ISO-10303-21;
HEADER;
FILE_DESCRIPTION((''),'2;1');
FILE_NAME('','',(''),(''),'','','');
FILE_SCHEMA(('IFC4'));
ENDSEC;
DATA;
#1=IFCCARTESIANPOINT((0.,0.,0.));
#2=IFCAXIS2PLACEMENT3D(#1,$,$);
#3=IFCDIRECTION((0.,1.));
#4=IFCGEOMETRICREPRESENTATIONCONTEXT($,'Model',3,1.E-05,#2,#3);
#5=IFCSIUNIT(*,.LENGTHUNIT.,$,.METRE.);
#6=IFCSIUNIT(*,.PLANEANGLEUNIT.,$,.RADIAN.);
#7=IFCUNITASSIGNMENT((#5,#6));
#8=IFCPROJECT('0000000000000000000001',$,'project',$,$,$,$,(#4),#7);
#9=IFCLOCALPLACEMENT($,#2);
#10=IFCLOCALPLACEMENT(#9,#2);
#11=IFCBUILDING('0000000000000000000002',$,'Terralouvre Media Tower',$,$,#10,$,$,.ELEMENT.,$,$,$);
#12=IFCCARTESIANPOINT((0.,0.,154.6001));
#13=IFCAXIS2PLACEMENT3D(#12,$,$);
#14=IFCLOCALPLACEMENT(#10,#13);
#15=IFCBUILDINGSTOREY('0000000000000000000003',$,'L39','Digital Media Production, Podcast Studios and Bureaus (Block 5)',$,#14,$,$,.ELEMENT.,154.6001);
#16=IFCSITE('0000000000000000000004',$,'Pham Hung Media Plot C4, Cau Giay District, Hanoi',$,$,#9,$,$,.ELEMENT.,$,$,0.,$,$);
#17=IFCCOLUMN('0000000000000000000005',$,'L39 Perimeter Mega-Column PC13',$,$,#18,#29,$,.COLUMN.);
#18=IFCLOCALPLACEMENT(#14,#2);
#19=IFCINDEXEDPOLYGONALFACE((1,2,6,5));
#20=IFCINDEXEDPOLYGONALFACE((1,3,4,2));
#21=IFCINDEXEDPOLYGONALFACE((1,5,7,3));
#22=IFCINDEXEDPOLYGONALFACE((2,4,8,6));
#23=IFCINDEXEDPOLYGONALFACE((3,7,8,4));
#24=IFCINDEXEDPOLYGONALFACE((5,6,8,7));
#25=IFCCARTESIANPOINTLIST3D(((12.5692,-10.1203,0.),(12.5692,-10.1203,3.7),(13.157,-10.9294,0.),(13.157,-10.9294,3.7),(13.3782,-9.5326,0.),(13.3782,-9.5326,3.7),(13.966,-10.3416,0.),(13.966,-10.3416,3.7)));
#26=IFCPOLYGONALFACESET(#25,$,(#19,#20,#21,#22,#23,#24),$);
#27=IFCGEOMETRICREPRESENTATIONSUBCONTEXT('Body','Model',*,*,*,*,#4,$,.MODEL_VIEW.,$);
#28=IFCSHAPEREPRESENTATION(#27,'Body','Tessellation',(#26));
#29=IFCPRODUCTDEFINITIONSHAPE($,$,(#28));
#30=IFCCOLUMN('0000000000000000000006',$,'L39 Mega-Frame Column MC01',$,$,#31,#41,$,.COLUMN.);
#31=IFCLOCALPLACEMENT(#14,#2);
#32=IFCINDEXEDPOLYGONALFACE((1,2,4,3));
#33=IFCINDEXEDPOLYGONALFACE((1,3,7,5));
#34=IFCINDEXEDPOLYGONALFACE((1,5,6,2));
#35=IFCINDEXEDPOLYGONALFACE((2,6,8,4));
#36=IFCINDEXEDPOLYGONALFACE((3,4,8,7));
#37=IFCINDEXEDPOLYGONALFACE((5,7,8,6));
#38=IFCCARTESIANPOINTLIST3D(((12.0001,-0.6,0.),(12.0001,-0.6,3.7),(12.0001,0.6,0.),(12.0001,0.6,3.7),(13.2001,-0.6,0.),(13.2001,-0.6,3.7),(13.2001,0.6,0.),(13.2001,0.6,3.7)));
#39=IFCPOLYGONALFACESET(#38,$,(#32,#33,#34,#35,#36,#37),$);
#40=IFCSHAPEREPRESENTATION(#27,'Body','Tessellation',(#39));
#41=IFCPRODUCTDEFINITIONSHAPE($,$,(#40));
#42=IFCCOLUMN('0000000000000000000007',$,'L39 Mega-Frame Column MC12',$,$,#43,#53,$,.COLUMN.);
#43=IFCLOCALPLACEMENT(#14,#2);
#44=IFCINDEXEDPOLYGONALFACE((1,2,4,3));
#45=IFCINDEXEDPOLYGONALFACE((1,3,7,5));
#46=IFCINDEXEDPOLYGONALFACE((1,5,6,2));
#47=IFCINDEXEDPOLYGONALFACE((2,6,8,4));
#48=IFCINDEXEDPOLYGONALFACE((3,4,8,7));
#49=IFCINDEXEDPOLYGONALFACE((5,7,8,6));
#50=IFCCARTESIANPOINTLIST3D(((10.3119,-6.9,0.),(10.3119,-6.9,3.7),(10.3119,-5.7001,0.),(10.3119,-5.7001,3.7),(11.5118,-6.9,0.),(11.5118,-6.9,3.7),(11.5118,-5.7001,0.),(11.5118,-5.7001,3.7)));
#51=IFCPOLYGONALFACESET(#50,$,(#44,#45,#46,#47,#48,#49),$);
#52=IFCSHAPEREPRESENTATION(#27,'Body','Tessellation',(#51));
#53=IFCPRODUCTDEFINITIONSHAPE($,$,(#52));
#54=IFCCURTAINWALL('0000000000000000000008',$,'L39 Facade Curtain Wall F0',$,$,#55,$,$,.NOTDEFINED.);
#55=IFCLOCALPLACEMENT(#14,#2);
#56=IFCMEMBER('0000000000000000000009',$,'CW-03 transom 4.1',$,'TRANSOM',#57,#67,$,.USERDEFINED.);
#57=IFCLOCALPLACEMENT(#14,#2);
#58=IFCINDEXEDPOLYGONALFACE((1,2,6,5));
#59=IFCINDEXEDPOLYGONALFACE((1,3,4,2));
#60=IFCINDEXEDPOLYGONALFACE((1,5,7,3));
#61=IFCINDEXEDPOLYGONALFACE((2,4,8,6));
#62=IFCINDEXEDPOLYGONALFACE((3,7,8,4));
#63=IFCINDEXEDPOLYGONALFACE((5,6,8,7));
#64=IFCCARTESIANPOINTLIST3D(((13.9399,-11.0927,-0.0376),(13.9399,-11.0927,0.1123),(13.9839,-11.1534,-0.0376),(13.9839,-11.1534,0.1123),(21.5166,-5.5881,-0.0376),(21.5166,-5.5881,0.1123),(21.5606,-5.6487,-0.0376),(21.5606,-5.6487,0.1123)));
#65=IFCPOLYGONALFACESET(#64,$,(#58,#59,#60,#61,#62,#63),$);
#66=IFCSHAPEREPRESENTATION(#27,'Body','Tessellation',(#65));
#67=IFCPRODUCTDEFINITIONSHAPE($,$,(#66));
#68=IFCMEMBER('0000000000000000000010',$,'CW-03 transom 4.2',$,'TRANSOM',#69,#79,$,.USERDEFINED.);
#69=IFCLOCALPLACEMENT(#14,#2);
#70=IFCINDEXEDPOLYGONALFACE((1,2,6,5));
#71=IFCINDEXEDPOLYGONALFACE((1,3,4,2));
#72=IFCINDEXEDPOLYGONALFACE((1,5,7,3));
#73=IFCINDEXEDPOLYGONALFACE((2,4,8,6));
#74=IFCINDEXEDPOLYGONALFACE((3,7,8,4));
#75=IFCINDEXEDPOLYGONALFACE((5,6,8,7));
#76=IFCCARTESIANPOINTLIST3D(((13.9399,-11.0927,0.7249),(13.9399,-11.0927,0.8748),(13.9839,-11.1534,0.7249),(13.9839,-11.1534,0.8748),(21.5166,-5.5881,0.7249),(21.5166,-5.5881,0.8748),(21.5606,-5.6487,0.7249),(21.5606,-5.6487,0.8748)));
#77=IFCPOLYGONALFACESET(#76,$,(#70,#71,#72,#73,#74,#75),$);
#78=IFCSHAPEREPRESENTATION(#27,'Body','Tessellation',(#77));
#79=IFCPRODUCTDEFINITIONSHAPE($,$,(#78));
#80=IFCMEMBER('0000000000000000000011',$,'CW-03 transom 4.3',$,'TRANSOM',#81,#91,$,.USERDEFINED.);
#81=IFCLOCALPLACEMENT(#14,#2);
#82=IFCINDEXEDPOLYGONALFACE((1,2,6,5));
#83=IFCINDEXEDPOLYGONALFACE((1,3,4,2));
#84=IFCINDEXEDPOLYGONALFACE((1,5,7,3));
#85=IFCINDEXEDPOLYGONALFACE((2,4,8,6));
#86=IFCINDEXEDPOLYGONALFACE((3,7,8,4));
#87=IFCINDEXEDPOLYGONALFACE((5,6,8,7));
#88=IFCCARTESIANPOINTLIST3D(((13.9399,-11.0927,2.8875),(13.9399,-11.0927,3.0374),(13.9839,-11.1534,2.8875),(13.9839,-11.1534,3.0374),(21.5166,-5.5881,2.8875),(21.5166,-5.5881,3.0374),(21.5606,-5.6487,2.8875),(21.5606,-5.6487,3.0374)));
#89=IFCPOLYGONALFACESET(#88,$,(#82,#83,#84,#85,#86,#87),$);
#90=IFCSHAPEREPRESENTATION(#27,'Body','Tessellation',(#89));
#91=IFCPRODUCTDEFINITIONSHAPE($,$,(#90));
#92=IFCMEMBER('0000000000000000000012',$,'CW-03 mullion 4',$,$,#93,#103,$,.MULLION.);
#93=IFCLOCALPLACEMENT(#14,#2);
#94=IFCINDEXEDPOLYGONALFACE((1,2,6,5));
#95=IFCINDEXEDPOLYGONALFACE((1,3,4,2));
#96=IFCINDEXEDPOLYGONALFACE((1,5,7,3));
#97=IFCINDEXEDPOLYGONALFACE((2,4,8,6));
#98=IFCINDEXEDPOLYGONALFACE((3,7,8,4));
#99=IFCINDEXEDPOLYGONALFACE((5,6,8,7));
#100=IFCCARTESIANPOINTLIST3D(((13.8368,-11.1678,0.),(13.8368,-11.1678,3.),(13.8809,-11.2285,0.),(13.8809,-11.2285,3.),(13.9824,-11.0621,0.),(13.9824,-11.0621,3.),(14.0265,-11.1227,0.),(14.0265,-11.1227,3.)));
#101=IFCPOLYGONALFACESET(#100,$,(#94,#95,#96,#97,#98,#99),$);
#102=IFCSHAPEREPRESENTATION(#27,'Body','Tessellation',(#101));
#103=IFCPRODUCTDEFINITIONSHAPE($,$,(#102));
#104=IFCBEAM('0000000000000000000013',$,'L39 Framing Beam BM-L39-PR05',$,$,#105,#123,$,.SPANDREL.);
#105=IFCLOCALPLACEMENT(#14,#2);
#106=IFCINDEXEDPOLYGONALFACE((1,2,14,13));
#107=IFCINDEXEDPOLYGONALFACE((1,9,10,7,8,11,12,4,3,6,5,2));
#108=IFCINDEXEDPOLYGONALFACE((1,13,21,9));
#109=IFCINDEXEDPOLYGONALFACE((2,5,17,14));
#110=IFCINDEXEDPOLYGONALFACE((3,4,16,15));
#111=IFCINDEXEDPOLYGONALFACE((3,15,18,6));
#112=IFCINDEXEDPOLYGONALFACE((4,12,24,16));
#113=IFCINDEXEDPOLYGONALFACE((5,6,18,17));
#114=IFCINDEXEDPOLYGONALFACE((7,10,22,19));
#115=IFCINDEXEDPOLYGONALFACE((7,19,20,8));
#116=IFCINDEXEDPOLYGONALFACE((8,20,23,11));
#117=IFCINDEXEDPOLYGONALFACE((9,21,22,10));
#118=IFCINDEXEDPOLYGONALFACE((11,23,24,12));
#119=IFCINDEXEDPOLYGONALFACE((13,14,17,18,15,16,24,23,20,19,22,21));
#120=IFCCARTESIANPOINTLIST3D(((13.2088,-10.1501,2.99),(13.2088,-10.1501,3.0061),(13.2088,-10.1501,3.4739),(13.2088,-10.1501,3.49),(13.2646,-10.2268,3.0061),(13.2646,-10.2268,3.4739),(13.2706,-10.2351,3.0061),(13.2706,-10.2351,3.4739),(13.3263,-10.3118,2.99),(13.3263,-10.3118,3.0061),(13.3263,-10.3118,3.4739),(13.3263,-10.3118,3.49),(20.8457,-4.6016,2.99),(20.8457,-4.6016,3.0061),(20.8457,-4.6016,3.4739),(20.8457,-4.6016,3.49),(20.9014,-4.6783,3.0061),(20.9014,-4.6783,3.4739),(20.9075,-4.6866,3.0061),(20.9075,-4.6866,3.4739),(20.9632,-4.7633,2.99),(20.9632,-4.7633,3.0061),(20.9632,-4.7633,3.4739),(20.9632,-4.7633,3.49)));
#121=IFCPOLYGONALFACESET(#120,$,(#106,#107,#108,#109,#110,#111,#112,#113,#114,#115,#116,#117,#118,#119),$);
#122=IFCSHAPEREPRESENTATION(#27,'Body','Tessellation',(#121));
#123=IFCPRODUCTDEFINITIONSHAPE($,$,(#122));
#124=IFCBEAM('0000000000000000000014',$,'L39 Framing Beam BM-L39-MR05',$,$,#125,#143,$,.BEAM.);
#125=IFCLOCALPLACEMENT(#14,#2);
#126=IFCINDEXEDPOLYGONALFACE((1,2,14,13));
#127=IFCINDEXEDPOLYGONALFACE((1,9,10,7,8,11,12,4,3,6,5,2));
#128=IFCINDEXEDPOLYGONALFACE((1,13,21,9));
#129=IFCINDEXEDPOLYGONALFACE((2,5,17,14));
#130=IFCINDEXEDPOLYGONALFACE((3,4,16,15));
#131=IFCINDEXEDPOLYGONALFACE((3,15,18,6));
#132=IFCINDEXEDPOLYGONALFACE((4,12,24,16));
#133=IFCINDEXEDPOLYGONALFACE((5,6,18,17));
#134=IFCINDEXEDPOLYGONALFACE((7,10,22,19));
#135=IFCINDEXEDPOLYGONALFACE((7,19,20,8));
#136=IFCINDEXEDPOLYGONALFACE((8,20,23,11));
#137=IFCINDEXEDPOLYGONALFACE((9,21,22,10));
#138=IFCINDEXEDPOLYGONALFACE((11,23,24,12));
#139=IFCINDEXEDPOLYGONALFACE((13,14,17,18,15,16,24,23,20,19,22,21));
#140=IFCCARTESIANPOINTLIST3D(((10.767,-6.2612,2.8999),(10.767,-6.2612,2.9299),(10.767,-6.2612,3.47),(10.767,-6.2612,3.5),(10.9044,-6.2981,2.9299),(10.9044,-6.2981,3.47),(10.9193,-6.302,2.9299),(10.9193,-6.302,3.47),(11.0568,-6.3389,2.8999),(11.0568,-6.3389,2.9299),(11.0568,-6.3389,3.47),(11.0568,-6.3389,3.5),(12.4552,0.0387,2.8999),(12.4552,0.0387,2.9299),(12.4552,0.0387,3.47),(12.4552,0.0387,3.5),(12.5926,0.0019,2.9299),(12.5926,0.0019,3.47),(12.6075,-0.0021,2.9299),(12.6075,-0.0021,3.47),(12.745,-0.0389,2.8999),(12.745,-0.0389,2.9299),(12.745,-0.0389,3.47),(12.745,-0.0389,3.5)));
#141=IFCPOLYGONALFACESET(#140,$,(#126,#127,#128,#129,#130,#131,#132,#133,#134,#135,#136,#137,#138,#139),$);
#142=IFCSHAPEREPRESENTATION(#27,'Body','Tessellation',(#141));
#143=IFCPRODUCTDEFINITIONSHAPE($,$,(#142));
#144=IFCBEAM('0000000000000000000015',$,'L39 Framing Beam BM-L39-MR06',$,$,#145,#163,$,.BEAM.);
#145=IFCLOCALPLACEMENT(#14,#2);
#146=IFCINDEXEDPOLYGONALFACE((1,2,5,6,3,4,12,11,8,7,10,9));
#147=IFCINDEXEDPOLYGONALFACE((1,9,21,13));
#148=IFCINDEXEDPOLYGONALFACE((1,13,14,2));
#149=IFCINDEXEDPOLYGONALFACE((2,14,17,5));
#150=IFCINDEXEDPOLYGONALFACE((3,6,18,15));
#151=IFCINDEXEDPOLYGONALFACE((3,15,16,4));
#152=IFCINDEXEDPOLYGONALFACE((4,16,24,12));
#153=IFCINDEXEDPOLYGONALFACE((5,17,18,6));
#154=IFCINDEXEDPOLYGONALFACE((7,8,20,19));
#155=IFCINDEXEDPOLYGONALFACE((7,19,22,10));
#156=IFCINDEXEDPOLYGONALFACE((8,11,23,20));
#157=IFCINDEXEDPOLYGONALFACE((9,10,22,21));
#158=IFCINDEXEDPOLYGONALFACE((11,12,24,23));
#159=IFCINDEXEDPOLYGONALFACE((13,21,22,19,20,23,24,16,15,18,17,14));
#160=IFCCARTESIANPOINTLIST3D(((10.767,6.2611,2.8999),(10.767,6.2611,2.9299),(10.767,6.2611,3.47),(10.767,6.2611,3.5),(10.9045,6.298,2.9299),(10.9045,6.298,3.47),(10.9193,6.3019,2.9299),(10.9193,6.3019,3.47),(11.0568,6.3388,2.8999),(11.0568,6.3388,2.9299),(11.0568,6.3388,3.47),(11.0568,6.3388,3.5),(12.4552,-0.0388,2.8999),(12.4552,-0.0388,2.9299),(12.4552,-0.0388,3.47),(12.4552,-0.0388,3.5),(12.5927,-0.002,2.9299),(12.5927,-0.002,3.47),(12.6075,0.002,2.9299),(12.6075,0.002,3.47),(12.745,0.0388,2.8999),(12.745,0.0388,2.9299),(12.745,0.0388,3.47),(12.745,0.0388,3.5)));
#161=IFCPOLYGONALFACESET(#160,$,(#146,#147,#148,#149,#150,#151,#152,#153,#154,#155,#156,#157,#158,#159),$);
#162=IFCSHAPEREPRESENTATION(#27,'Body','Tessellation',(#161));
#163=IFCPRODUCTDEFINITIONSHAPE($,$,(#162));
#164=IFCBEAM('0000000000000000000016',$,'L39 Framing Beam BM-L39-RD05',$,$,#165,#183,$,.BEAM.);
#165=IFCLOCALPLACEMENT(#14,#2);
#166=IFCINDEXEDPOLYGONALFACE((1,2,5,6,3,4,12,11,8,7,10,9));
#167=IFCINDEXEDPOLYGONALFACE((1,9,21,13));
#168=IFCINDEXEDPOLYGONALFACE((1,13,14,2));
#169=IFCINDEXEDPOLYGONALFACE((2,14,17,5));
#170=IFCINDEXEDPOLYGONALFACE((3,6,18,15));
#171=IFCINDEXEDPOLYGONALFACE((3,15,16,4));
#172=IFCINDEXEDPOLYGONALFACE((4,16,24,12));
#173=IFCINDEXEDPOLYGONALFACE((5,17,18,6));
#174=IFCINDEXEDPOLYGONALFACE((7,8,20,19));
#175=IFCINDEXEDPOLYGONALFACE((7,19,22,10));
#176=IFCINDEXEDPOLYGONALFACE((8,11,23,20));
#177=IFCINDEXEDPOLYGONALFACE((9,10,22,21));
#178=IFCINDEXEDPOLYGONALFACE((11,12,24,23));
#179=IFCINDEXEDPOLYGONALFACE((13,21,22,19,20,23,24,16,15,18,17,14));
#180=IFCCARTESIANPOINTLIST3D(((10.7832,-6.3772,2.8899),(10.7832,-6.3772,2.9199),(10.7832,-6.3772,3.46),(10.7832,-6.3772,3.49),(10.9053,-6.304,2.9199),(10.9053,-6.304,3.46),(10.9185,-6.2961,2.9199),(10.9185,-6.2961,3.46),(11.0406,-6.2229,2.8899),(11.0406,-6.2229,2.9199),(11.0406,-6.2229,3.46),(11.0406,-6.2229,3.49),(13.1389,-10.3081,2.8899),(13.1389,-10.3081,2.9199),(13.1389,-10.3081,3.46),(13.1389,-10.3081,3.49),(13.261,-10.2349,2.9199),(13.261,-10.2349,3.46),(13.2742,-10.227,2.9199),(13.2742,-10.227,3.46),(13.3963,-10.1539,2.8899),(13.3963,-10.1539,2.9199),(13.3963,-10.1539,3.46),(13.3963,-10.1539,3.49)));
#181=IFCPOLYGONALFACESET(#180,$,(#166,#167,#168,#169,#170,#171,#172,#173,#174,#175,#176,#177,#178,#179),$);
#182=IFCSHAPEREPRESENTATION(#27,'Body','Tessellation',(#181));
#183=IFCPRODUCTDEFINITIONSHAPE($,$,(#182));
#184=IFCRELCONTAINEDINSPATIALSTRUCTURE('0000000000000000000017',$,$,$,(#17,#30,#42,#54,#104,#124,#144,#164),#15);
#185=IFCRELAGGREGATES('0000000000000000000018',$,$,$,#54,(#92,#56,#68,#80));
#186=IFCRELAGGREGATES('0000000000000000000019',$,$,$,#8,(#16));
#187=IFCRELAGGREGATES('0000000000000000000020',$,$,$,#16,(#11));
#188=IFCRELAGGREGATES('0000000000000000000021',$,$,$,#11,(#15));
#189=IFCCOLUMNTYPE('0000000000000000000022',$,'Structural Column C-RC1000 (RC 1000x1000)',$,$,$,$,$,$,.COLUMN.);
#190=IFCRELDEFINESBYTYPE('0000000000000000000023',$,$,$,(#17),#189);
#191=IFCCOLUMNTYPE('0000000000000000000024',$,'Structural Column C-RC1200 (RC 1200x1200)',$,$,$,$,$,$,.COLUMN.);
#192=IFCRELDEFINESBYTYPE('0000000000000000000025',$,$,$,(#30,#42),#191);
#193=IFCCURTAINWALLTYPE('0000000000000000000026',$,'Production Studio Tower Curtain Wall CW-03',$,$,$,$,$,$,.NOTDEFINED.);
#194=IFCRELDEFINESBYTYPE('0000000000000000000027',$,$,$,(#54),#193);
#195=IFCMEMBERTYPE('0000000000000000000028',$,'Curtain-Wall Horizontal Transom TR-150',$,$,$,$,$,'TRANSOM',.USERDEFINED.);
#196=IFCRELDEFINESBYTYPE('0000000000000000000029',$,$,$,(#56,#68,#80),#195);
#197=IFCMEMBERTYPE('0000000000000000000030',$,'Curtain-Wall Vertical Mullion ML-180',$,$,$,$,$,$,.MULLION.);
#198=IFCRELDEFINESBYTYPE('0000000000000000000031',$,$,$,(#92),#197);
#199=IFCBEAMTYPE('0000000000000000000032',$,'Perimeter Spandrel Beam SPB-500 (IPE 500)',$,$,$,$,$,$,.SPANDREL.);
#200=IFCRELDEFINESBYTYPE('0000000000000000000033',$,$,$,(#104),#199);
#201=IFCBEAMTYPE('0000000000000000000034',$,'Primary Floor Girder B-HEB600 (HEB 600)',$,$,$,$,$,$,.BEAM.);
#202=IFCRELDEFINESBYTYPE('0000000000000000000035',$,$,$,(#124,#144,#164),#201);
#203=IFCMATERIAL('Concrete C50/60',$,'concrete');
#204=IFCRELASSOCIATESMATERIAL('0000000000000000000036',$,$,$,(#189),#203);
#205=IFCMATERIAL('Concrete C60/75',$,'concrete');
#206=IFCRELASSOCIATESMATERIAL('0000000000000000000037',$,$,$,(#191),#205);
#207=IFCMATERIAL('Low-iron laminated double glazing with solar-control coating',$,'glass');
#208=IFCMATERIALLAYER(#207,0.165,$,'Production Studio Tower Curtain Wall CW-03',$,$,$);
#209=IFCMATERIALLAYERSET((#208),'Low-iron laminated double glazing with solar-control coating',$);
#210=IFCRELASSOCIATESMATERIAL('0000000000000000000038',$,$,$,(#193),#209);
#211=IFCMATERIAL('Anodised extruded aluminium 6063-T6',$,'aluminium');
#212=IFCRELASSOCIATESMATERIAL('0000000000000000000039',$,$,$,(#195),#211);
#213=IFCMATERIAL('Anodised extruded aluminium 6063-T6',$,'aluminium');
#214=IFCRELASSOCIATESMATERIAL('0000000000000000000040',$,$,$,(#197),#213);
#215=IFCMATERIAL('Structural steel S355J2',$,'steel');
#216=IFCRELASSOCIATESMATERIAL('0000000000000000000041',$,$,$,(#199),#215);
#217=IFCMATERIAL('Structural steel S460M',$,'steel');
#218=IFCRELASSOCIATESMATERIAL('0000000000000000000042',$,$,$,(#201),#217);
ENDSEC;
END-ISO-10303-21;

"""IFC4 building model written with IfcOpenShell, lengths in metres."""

from ifc_helpers import new_model, si_unit, direction, frame, origin, origin_2d, place, context, subcontext, project, spatial, rectangle, i_section, extrude, material, layer, layer_set, material_profile, profile_set, type_object, element, aggregate, save


model = new_model("IFC4")

# Units and contexts
model_context = context("Model", 3, precision=1e-05, world=origin(), true_north=direction((0.0, 1.0)))
body_context = subcontext(model_context, "Body", "Model", "MODEL_VIEW")
ifc_project = project(units=[si_unit("LENGTHUNIT", "METRE"), si_unit("PLANEANGLEUNIT", "RADIAN")], contexts=[model_context])

# Site, building, storey
site_placement = place(None, origin())
site = spatial("IfcSite", under=ifc_project, at=site_placement, Name="Pham Hung Media Plot C4, Cau Giay District, Hanoi", CompositionType="ELEMENT", RefElevation=0.0)
building_placement = place(site_placement, origin())
building = spatial("IfcBuilding", under=site, at=building_placement, Name="Terralouvre Media Tower", CompositionType="ELEMENT")
storey_placement = place(building_placement, frame((0.0, 0.0, 154.6001)))
storey = spatial("IfcBuildingStorey", under=building, at=storey_placement, Name="L39", Description="Digital Media Production, Podcast Studios and Bureaus (Block 5)", CompositionType="ELEMENT", Elevation=154.6001)

# Columns
ifc_material_1 = material(Name="Concrete C50/60", Category="concrete")
ifc_material_profile_1 = material_profile(ifc_material_1, rectangle(XDim=1.0, YDim=1.0, at=origin_2d()), Name="RC 1000x1000")
ifc_profile_set_1 = profile_set([ifc_material_profile_1], Name="Concrete C50/60")
column_type_1 = type_object("IfcColumnType", Name="Structural Column C-RC1000 (RC 1000x1000)", PredefinedType="COLUMN", material=ifc_profile_set_1)
column_placement = place(storey_placement, frame((13.2676, -10.231, 0.0), z_axis=(0.0, 0.0, 1.0), x_axis=(0.809017, 0.587785, 0.0)))
element("IfcColumn", 1, at=column_placement, inside=storey, type_object=column_type_1, Name="L39 Perimeter Mega-Column PC13", PredefinedType="COLUMN", context=body_context, shape_type="SweptSolid", body=[
    extrude(rectangle(XDim=1.0, YDim=1.0, at=origin_2d()), origin(), (0.0, 0.0, 1.0), 3.7),
])
ifc_material_2 = material(Name="Concrete C60/75", Category="concrete")
ifc_material_profile_2 = material_profile(ifc_material_2, rectangle(XDim=1.2, YDim=1.2, at=origin_2d()), Name="RC 1200x1200")
ifc_profile_set_2 = profile_set([ifc_material_profile_2], Name="Concrete C60/75")
column_type_2 = type_object("IfcColumnType", Name="Structural Column C-RC1200 (RC 1200x1200)", PredefinedType="COLUMN", material=ifc_profile_set_2)
for number, where, z_axis, x_axis, name in (
    (2, (12.6001, 0.0, 0.0), (0.0, 0.0, 1.0), (1.0, 0.0, 0.0), "L39 Mega-Frame Column MC01"),
    (3, (10.9119, -6.3, 0.0), (0.0, 0.0, 1.0), (1.0, 0.0, 0.0), "L39 Mega-Frame Column MC12"),
):
    element("IfcColumn", number, at=place(storey_placement, frame(where, z_axis=z_axis, x_axis=x_axis)), inside=storey, type_object=column_type_2, Name=name, PredefinedType="COLUMN", context=body_context, shape_type="SweptSolid", body=[
        extrude(rectangle(XDim=1.2, YDim=1.2, at=origin_2d()), origin(), (0.0, 0.0, 1.0), 3.7),
    ])

# Curtain wall, members
ifc_material_3 = material(Name="Low-iron laminated double glazing with solar-control coating", Category="glass")
ifc_layer_1 = layer(ifc_material_3, 0.165, Name="Production Studio Tower Curtain Wall CW-03")
ifc_layer_set_1 = layer_set([ifc_layer_1], Name="Low-iron laminated double glazing with solar-control coating")
curtain_wall_type = type_object("IfcCurtainWallType", Name="Production Studio Tower Curtain Wall CW-03", PredefinedType="NOTDEFINED", material=ifc_layer_set_1)
curtain_wall_placement = place(storey_placement, origin())
curtain_wall = element("IfcCurtainWall", 4, at=curtain_wall_placement, inside=storey, type_object=curtain_wall_type, Name="L39 Facade Curtain Wall F0", PredefinedType="NOTDEFINED")
ifc_material_4 = material(Name="Anodised extruded aluminium 6063-T6", Category="aluminium")
ifc_material_profile_3 = material_profile(ifc_material_4, rectangle(XDim=0.075, YDim=0.1499, at=origin_2d()), Name="ALU 75x150")
ifc_profile_set_3 = profile_set([ifc_material_profile_3], Name="Anodised extruded aluminium 6063-T6")
member_type_1 = type_object("IfcMemberType", Name="Curtain-Wall Horizontal Transom TR-150", ElementType="TRANSOM", PredefinedType="USERDEFINED", material=ifc_profile_set_3)
member_1_placement = place(storey_placement, frame((13.9619, -11.123, 0.0374), z_axis=(0.809023, 0.587776, 0.0), x_axis=(-0.587776, 0.809023, 0.0)))
member_1 = element("IfcMember", 5, at=member_1_placement, type_object=member_type_1, Name="CW-03 transom 4.1", ObjectType="TRANSOM", PredefinedType="USERDEFINED", context=body_context, shape_type="SweptSolid", body=[
    extrude(rectangle(XDim=0.075, YDim=0.1499, at=origin_2d()), origin(), (0.0, 0.0, 1.0), 9.3652),
])
member_2_placement = place(storey_placement, frame((13.9619, -11.123, 0.7998), z_axis=(0.809023, 0.587776, 0.0), x_axis=(-0.587776, 0.809023, 0.0)))
member_2 = element("IfcMember", 6, at=member_2_placement, type_object=member_type_1, Name="CW-03 transom 4.2", ObjectType="TRANSOM", PredefinedType="USERDEFINED", context=body_context, shape_type="SweptSolid", body=[
    extrude(rectangle(XDim=0.075, YDim=0.1499, at=origin_2d()), origin(), (0.0, 0.0, 1.0), 9.3652),
])
member_3_placement = place(storey_placement, frame((13.9619, -11.123, 2.9624), z_axis=(0.809023, 0.587776, 0.0), x_axis=(-0.587776, 0.809023, 0.0)))
member_3 = element("IfcMember", 7, at=member_3_placement, type_object=member_type_1, Name="CW-03 transom 4.3", ObjectType="TRANSOM", PredefinedType="USERDEFINED", context=body_context, shape_type="SweptSolid", body=[
    extrude(rectangle(XDim=0.075, YDim=0.1499, at=origin_2d()), origin(), (0.0, 0.0, 1.0), 9.3652),
])
ifc_material_5 = material(Name="Anodised extruded aluminium 6063-T6", Category="aluminium")
ifc_material_profile_4 = material_profile(ifc_material_5, rectangle(XDim=0.075, YDim=0.1799, at=origin_2d()), Name="ALU 75x180")
ifc_profile_set_4 = profile_set([ifc_material_profile_4], Name="Anodised extruded aluminium 6063-T6")
member_type_2 = type_object("IfcMemberType", Name="Curtain-Wall Vertical Mullion ML-180", PredefinedType="MULLION", material=ifc_profile_set_4)
member_4_placement = place(storey_placement, frame((13.9316, -11.1453, 0.0), z_axis=(0.0, 0.0, 1.0), x_axis=(-0.587785, 0.809017, 0.0)))
member_4 = element("IfcMember", 8, at=member_4_placement, type_object=member_type_2, Name="CW-03 mullion 4", PredefinedType="MULLION", context=body_context, shape_type="SweptSolid", body=[
    extrude(rectangle(XDim=0.075, YDim=0.1799, at=origin_2d()), origin(), (0.0, 0.0, 1.0), 3.0),
])
aggregate(curtain_wall, [member_4, member_1, member_2, member_3])

# Beams
ifc_material_6 = material(Name="Structural steel S355J2", Category="steel")
ifc_material_profile_5 = material_profile(ifc_material_6, i_section(OverallWidth=0.2, OverallDepth=0.5, WebThickness=0.0103, FlangeThickness=0.0161, at=origin_2d()), Name="IPE 500")
ifc_profile_set_5 = profile_set([ifc_material_profile_5], Name="Structural steel S355J2")
beam_type_1 = type_object("IfcBeamType", Name="Perimeter Spandrel Beam SPB-500 (IPE 500)", PredefinedType="SPANDREL", material=ifc_profile_set_5)
beam_1_placement = place(storey_placement, frame((13.2676, -10.231, 3.24), z_axis=(0.809017, 0.587786, 0.0), x_axis=(-0.587786, 0.809017, 0.0)))
element("IfcBeam", 9, at=beam_1_placement, inside=storey, type_object=beam_type_1, Name="L39 Framing Beam BM-L39-PR05", PredefinedType="SPANDREL", context=body_context, shape_type="SweptSolid", body=[
    extrude(i_section(OverallWidth=0.2, OverallDepth=0.5, WebThickness=0.0103, FlangeThickness=0.0161, at=origin_2d()), origin(), (0.0, 0.0, 1.0), 9.4397),
])
ifc_material_7 = material(Name="Structural steel S460M", Category="steel")
ifc_material_profile_6 = material_profile(ifc_material_7, i_section(OverallWidth=0.3, OverallDepth=0.6001, WebThickness=0.0154, FlangeThickness=0.03, at=origin_2d()), Name="HEB 600")
ifc_profile_set_6 = profile_set([ifc_material_profile_6], Name="Structural steel S460M")
beam_type_2 = type_object("IfcBeamType", Name="Primary Floor Girder B-HEB600 (HEB 600)", PredefinedType="BEAM", material=ifc_profile_set_6)
for number, where, z_axis, x_axis, name in (
    (10, (10.9119, -6.3, 3.2), (0.258839, 0.96592, 0.0), (-0.96592, 0.258839, 0.0), "L39 Framing Beam BM-L39-MR05"),
    (11, (12.6001, 0.0, 3.2), (-0.258839, 0.96592, 0.0), (-0.96592, -0.258839, 0.0), "L39 Framing Beam BM-L39-MR06"),
):
    element("IfcBeam", number, at=place(storey_placement, frame(where, z_axis=z_axis, x_axis=x_axis)), inside=storey, type_object=beam_type_2, Name=name, PredefinedType="BEAM", context=body_context, shape_type="SweptSolid", body=[
        extrude(i_section(OverallWidth=0.3, OverallDepth=0.6001, WebThickness=0.0154, FlangeThickness=0.03, at=origin_2d()), origin(), (0.0, 0.0, 1.0), 6.5222),
    ])
beam_2_placement = place(storey_placement, frame((10.9119, -6.3, 3.1899), z_axis=(0.514041, -0.857765, 0.0), x_axis=(0.857765, 0.514041, 0.0)))
element("IfcBeam", 12, at=beam_2_placement, inside=storey, type_object=beam_type_2, Name="L39 Framing Beam BM-L39-RD05", PredefinedType="BEAM", context=body_context, shape_type="SweptSolid", body=[
    extrude(i_section(OverallWidth=0.3, OverallDepth=0.6001, WebThickness=0.0154, FlangeThickness=0.03, at=origin_2d()), origin(), (0.0, 0.0, 1.0), 4.5828),
])

save(model, "model.ifc")
